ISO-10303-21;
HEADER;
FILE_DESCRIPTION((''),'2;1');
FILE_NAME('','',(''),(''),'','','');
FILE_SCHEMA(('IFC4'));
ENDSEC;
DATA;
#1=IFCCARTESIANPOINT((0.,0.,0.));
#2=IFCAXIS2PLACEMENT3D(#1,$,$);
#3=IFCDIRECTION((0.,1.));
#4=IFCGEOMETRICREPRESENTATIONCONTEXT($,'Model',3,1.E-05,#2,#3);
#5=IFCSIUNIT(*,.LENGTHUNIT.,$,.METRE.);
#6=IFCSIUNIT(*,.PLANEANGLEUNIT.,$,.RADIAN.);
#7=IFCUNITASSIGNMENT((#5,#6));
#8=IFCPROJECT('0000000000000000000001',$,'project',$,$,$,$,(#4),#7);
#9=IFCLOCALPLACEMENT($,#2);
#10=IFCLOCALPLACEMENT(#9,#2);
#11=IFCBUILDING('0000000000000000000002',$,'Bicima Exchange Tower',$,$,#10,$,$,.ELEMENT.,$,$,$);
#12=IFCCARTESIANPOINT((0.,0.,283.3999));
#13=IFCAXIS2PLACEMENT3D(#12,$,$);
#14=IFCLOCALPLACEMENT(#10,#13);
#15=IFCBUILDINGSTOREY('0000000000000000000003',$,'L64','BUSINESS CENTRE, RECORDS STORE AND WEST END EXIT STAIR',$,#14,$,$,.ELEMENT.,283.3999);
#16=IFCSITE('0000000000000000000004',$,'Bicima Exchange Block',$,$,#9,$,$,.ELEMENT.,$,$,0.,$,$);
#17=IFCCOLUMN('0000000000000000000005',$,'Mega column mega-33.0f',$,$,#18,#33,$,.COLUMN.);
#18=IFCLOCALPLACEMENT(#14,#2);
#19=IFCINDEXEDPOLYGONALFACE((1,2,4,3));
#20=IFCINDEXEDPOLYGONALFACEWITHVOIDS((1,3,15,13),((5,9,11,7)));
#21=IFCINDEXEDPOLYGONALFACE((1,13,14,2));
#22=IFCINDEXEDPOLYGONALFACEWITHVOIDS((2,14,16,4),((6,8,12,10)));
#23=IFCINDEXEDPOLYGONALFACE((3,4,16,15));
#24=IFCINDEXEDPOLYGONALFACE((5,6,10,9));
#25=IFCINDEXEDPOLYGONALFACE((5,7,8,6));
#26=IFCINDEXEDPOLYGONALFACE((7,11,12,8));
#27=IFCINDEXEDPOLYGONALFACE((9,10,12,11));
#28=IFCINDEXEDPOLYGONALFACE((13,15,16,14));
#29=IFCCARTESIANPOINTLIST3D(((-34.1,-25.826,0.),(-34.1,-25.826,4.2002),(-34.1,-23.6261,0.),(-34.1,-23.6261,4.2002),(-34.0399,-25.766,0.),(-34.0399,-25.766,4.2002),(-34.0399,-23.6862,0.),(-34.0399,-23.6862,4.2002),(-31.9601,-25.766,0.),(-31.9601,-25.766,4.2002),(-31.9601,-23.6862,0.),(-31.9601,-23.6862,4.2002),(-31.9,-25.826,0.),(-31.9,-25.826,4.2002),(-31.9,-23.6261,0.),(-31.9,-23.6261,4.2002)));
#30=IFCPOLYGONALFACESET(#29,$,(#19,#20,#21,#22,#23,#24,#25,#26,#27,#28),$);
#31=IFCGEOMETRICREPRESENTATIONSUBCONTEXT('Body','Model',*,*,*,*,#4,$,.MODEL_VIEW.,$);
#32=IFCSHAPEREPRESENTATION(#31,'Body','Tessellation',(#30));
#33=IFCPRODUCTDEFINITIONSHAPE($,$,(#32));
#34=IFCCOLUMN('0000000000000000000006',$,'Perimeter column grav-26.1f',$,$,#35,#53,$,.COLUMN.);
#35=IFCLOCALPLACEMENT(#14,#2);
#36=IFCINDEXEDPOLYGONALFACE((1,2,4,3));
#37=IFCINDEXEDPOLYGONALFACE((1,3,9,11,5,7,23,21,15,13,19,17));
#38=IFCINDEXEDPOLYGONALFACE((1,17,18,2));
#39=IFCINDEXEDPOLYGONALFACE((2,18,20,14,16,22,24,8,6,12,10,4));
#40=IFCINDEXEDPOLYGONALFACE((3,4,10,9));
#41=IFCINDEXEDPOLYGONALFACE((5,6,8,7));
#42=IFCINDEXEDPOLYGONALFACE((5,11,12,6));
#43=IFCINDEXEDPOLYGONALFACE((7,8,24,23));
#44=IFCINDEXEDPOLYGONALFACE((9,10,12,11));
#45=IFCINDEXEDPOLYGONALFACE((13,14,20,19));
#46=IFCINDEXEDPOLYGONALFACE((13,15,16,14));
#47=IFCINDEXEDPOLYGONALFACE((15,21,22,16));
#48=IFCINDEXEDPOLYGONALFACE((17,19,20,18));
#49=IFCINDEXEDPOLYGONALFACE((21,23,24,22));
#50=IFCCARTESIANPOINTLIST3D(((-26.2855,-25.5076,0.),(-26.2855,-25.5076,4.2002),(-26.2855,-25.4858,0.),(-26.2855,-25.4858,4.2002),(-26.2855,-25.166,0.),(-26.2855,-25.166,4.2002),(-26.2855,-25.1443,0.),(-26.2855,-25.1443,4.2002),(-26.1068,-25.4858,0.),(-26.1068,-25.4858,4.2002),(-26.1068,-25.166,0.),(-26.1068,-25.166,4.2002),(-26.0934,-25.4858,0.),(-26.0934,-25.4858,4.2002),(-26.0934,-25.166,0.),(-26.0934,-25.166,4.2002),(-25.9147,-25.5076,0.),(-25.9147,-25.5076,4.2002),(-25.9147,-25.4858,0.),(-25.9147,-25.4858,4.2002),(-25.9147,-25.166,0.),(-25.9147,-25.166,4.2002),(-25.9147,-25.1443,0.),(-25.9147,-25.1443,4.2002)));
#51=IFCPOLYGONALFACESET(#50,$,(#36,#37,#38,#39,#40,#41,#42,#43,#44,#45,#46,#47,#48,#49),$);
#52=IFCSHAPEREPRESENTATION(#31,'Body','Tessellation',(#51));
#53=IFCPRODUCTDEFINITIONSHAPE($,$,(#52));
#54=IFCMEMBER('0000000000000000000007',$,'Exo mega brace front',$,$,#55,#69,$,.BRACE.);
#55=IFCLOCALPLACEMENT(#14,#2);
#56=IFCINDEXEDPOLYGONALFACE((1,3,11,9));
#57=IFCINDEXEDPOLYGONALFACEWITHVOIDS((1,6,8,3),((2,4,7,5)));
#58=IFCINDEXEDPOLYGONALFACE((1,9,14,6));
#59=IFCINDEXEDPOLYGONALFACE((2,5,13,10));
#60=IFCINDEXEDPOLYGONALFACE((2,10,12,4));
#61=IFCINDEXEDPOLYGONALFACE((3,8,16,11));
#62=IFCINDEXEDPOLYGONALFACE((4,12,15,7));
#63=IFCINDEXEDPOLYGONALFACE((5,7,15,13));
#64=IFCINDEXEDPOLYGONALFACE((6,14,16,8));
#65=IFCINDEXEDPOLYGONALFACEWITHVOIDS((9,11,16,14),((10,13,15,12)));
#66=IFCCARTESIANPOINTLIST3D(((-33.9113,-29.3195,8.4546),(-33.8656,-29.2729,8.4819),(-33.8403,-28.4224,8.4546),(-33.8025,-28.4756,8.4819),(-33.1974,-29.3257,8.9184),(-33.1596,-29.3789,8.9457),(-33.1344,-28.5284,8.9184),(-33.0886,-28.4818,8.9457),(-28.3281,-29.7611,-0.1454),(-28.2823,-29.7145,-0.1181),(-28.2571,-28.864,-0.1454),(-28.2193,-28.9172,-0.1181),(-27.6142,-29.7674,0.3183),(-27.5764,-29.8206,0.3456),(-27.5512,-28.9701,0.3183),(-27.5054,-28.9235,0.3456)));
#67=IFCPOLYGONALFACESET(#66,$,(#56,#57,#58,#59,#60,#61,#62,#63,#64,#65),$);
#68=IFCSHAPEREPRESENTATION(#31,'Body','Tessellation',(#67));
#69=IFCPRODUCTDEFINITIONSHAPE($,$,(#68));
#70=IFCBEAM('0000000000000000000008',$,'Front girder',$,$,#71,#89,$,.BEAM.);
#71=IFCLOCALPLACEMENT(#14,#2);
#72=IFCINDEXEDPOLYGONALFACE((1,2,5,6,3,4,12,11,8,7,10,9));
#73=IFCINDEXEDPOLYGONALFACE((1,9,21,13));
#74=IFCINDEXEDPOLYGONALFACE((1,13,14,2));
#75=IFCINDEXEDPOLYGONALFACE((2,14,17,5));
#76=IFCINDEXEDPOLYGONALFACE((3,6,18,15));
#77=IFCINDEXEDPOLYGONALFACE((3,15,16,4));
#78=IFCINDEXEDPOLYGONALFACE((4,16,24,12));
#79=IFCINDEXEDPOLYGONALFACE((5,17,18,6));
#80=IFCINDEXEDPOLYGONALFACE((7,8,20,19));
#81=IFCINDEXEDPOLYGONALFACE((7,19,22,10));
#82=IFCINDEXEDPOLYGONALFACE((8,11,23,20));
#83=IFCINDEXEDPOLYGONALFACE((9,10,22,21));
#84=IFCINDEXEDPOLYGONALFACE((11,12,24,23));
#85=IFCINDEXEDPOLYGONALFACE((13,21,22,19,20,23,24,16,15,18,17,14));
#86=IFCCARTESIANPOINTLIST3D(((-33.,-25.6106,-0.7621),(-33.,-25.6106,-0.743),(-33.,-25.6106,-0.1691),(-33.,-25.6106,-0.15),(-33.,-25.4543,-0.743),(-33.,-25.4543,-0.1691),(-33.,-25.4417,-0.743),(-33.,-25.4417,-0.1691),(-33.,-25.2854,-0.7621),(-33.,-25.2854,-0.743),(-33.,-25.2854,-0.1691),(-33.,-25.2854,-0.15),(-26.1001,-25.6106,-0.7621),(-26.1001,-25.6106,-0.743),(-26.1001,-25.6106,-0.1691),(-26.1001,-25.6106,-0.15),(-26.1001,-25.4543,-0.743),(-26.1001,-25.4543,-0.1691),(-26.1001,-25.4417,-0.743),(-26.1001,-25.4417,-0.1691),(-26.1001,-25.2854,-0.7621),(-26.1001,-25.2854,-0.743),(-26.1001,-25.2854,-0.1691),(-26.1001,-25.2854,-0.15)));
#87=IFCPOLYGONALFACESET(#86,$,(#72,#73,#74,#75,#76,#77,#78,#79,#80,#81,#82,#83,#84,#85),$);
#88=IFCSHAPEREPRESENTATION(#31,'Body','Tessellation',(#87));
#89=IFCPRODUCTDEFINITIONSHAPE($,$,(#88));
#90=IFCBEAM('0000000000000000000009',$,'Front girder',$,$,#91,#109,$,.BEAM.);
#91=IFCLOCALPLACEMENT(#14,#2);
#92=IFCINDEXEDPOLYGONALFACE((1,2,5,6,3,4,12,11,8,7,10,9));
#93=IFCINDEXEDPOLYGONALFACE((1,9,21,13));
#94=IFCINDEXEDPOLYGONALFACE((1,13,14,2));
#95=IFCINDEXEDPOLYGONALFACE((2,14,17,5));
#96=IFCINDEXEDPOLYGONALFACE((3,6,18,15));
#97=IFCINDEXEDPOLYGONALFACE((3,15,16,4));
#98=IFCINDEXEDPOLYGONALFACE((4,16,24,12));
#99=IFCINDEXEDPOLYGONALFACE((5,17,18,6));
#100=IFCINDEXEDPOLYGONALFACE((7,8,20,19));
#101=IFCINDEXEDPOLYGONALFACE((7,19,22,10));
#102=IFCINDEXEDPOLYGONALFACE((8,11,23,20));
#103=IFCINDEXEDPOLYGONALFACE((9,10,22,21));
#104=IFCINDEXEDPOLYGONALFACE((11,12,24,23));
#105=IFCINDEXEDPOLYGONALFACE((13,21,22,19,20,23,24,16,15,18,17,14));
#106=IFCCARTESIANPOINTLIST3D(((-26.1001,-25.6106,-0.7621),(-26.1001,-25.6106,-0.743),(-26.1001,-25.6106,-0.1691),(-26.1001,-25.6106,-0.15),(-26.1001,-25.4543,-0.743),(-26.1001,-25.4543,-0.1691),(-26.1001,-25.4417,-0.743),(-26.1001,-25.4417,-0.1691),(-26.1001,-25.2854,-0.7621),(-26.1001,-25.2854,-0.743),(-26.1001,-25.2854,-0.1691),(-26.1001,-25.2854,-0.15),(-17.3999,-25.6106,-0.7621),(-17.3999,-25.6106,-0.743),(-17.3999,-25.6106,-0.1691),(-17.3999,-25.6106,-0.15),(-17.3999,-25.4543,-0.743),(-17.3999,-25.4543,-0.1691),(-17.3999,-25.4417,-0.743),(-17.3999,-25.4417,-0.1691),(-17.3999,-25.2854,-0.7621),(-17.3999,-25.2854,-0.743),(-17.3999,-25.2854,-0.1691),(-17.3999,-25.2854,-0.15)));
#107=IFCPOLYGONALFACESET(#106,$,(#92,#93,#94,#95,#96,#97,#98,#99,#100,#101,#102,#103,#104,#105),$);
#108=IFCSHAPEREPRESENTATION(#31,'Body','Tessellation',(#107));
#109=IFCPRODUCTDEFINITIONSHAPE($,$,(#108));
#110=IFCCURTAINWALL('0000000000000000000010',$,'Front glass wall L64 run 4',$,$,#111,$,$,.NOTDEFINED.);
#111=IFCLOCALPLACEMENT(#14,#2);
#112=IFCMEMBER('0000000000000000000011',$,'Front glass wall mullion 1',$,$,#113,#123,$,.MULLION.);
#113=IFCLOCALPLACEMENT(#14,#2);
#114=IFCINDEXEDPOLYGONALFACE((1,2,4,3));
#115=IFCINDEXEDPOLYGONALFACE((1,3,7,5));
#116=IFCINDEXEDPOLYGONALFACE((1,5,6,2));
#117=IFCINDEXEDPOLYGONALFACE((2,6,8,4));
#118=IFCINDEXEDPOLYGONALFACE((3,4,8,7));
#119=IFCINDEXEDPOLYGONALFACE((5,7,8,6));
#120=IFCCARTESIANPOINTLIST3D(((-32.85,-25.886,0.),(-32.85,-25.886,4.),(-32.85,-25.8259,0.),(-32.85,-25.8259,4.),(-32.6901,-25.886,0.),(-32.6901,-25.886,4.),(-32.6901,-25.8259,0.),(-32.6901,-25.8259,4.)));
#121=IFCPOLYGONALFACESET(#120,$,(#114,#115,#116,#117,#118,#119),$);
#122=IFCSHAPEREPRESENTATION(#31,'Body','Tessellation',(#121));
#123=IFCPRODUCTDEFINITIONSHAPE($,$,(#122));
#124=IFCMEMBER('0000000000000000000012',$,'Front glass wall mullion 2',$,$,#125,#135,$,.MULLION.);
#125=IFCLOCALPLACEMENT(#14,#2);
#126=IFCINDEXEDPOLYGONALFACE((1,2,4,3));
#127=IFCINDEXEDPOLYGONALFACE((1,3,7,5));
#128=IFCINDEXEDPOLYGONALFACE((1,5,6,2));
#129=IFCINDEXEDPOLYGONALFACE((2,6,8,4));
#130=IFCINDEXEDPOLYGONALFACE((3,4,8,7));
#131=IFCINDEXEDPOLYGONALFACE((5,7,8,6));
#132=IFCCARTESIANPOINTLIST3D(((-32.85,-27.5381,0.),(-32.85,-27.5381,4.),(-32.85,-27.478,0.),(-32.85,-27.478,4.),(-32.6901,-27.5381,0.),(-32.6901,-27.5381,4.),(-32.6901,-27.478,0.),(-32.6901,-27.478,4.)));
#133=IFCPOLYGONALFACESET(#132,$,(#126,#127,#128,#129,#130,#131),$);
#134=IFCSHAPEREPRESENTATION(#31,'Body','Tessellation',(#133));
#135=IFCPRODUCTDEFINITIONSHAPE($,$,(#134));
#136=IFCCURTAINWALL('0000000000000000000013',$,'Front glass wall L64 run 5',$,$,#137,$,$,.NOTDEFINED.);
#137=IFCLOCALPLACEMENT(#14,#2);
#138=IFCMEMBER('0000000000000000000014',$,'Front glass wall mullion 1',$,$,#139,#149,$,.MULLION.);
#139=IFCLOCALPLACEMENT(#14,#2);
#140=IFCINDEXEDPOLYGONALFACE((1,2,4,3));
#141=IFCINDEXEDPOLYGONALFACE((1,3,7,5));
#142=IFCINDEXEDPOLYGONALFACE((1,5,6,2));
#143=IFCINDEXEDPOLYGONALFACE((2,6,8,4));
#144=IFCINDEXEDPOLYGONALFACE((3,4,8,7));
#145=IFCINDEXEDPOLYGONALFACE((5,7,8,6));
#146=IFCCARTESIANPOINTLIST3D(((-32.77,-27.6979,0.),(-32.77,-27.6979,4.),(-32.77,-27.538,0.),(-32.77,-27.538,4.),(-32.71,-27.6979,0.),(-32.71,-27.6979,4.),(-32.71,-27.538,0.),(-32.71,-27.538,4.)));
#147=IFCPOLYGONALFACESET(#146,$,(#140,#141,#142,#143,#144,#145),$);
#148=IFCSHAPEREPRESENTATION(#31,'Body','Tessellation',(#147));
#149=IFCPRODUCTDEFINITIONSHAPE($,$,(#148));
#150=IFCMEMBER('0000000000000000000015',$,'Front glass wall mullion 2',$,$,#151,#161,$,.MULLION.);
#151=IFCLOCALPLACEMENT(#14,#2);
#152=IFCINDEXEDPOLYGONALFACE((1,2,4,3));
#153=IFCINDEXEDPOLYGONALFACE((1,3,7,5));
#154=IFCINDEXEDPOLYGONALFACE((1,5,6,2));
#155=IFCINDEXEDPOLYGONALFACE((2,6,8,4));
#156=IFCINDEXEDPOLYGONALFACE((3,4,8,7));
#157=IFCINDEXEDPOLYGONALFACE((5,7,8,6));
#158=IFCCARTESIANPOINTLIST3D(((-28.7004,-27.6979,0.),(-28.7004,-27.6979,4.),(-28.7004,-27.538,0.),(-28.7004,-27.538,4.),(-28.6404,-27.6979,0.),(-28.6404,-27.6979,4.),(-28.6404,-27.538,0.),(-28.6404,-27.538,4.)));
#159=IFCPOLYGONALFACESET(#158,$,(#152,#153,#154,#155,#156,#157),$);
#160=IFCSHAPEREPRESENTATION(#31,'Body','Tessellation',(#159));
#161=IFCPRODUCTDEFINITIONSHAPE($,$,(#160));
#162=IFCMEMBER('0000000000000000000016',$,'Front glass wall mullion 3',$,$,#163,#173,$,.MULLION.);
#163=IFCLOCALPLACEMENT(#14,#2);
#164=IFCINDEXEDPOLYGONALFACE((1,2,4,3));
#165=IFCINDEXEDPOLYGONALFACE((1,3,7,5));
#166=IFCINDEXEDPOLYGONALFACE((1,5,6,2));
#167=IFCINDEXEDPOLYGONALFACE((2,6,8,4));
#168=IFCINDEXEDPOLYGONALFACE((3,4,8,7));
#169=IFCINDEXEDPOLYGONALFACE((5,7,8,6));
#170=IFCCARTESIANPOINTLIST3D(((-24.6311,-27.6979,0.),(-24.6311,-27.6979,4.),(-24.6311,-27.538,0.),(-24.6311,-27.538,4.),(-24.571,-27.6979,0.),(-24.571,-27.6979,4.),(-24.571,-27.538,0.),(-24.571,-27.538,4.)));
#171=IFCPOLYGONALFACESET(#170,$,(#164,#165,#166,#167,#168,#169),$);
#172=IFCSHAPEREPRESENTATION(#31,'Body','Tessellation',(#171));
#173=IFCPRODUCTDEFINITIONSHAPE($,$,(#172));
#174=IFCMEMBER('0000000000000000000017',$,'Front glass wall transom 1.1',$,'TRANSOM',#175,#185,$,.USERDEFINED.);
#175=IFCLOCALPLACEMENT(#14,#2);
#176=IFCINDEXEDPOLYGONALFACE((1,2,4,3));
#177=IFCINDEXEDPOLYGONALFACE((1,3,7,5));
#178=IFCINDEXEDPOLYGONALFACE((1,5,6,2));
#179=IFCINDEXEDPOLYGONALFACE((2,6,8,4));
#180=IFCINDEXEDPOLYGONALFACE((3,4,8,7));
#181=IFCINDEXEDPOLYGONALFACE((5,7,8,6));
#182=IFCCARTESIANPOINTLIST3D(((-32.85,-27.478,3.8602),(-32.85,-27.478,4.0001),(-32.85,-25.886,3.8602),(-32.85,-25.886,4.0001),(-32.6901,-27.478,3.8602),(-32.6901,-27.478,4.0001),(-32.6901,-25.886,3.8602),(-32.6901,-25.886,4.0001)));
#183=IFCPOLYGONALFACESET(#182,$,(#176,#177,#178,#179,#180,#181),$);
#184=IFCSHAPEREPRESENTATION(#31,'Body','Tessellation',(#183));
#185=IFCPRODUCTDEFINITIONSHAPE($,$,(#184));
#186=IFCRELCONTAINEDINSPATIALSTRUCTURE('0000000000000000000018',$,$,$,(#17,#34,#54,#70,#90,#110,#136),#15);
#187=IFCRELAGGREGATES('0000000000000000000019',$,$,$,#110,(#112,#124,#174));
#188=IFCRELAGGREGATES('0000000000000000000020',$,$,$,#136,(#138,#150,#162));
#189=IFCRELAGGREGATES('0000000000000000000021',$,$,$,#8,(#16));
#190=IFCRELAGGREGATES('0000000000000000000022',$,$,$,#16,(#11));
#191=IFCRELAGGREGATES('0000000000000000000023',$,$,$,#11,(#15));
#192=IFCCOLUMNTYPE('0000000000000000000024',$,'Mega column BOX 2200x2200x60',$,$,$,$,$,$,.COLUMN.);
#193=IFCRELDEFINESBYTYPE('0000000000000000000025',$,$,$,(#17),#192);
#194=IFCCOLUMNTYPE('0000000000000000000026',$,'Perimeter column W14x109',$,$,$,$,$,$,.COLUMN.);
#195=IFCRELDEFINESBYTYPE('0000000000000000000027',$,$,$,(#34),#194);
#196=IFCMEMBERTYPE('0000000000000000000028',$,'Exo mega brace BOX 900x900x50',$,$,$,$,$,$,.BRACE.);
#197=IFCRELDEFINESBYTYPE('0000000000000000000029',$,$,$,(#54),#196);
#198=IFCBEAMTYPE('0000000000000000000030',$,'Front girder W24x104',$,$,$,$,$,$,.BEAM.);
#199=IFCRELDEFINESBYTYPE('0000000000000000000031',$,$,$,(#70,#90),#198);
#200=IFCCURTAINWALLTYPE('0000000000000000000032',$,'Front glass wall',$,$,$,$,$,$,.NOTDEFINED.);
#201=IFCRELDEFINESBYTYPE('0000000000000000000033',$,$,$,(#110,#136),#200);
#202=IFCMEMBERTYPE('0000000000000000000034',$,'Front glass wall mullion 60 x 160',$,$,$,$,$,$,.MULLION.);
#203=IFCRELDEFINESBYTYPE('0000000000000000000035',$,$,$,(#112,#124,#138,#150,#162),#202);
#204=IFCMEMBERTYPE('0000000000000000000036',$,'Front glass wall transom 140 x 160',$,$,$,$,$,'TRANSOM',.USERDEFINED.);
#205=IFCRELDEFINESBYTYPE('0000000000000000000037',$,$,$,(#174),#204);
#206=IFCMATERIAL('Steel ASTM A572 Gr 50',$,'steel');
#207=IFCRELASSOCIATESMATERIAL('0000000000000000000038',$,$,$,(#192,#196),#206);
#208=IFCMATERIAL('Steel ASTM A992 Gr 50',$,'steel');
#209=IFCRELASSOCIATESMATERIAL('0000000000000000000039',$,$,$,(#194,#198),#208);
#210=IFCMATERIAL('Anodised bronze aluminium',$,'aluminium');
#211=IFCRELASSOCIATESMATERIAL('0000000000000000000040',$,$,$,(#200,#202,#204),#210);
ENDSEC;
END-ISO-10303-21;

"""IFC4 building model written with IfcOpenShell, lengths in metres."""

from ifc_helpers import new_model, si_unit, direction, frame, origin, origin_2d, place, context, subcontext, project, spatial, rectangle, hollow_rectangle, i_section, extrude, material, material_profile, profile_set, type_object, element, aggregate, save


model = new_model("IFC4")

# Units and contexts
model_context = context("Model", 3, precision=1e-05, world=origin(), true_north=direction((0.0, 1.0)))
body_context = subcontext(model_context, "Body", "Model", "MODEL_VIEW")
ifc_project = project(units=[si_unit("LENGTHUNIT", "METRE"), si_unit("PLANEANGLEUNIT", "RADIAN")], contexts=[model_context])

# Site, building, storey
site_placement = place(None, origin())
site = spatial("IfcSite", under=ifc_project, at=site_placement, Name="Bicima Exchange Block", CompositionType="ELEMENT", RefElevation=0.0)
building_placement = place(site_placement, origin())
building = spatial("IfcBuilding", under=site, at=building_placement, Name="Bicima Exchange Tower", CompositionType="ELEMENT")
storey_placement = place(building_placement, frame((0.0, 0.0, 283.3999)))
storey = spatial("IfcBuildingStorey", under=building, at=storey_placement, Name="L64", Description="BUSINESS CENTRE, RECORDS STORE AND WEST END EXIT STAIR", CompositionType="ELEMENT", Elevation=283.3999)

# Columns
ifc_material_1 = material(Name="Steel ASTM A572 Gr 50", Category="steel")
ifc_material_profile_1 = material_profile(ifc_material_1, hollow_rectangle(XDim=2.2, YDim=2.2, WallThickness=0.0601, at=origin_2d()))
ifc_profile_set_1 = profile_set([ifc_material_profile_1], Name="Steel ASTM A572 Gr 50")
column_type_1 = type_object("IfcColumnType", Name="Mega column BOX 2200x2200x60", PredefinedType="COLUMN", material=ifc_profile_set_1)
column_1_placement = place(storey_placement, frame((-33.0, -24.7261, 0.0), z_axis=(0.0, 0.0, 1.0), x_axis=(1.0, 0.0, 0.0)))
element("IfcColumn", 1, at=column_1_placement, inside=storey, type_object=column_type_1, Name="Mega column mega-33.0f", PredefinedType="COLUMN", context=body_context, shape_type="SweptSolid", body=[
    extrude(hollow_rectangle(XDim=2.2, YDim=2.2, WallThickness=0.0601, at=origin_2d()), origin(), (0.0, 0.0, 1.0), 4.2002),
])
ifc_material_2 = material(Name="Steel ASTM A992 Gr 50", Category="steel")
ifc_material_profile_2 = material_profile(ifc_material_2, i_section(OverallWidth=0.3708, OverallDepth=0.3633, WebThickness=0.0134, FlangeThickness=0.0217, at=origin_2d()))
ifc_profile_set_2 = profile_set([ifc_material_profile_2], Name="Steel ASTM A992 Gr 50")
column_type_2 = type_object("IfcColumnType", Name="Perimeter column W14x109", PredefinedType="COLUMN", material=ifc_profile_set_2)
column_2_placement = place(storey_placement, frame((-26.1001, -25.3259, 0.0), z_axis=(0.0, 0.0, 1.0), x_axis=(1.0, 0.0, 0.0)))
element("IfcColumn", 2, at=column_2_placement, inside=storey, type_object=column_type_2, Name="Perimeter column grav-26.1f", PredefinedType="COLUMN", context=body_context, shape_type="SweptSolid", body=[
    extrude(i_section(OverallWidth=0.3708, OverallDepth=0.3633, WebThickness=0.0134, FlangeThickness=0.0217, at=origin_2d()), origin(), (0.0, 0.0, 1.0), 4.2002),
])

# Member
ifc_material_profile_3 = material_profile(ifc_material_1, hollow_rectangle(XDim=0.8999, YDim=0.8999, WallThickness=0.05, at=origin_2d()))
ifc_profile_set_3 = profile_set([ifc_material_profile_3], Name="Steel ASTM A572 Gr 50")
member_type_1 = type_object("IfcMemberType", Name="Exo mega brace BOX 900x900x50", PredefinedType="BRACE", material=ifc_profile_set_3)
member_1_placement = place(storey_placement, frame((-27.9167, -29.3423, 0.1001), z_axis=(-0.544017, 0.043033, 0.83797), x_axis=(-0.078856, -0.996886, 0.0)))
element("IfcMember", 3, at=member_1_placement, inside=storey, type_object=member_type_1, Name="Exo mega brace front", PredefinedType="BRACE", context=body_context, shape_type="SweptSolid", body=[
    extrude(hollow_rectangle(XDim=0.8999, YDim=0.8999, WallThickness=0.05, at=origin_2d()), origin(), (0.0, 0.0, 1.0), 10.2629),
])

# Beams
ifc_material_profile_4 = material_profile(ifc_material_2, i_section(OverallWidth=0.3252, OverallDepth=0.6121, WebThickness=0.0127, FlangeThickness=0.019, at=origin_2d()))
ifc_profile_set_4 = profile_set([ifc_material_profile_4], Name="Steel ASTM A992 Gr 50")
beam_type = type_object("IfcBeamType", Name="Front girder W24x104", PredefinedType="BEAM", material=ifc_profile_set_4)
beam_1_placement = place(storey_placement, frame((-33.0, -25.448, -0.4561), z_axis=(1.0, 0.0, 0.0), x_axis=(0.0, 1.0, 0.0)))
element("IfcBeam", 4, at=beam_1_placement, inside=storey, type_object=beam_type, Name="Front girder", PredefinedType="BEAM", context=body_context, shape_type="SweptSolid", body=[
    extrude(i_section(OverallWidth=0.3252, OverallDepth=0.6121, WebThickness=0.0127, FlangeThickness=0.019, at=origin_2d()), origin(), (0.0, 0.0, 1.0), 6.8999),
])
beam_2_placement = place(storey_placement, frame((-26.1001, -25.448, -0.4561), z_axis=(1.0, 0.0, 0.0), x_axis=(0.0, 1.0, 0.0)))
element("IfcBeam", 5, at=beam_2_placement, inside=storey, type_object=beam_type, Name="Front girder", PredefinedType="BEAM", context=body_context, shape_type="SweptSolid", body=[
    extrude(i_section(OverallWidth=0.3252, OverallDepth=0.6121, WebThickness=0.0127, FlangeThickness=0.019, at=origin_2d()), origin(), (0.0, 0.0, 1.0), 8.7002),
])

# Curtain walls, members
ifc_material_3 = material(Name="Anodised bronze aluminium", Category="aluminium")
curtain_wall_type = type_object("IfcCurtainWallType", Name="Front glass wall", PredefinedType="NOTDEFINED", material=ifc_material_3)
curtain_wall_1_placement = place(storey_placement, origin())
curtain_wall_1 = element("IfcCurtainWall", 6, at=curtain_wall_1_placement, inside=storey, type_object=curtain_wall_type, Name="Front glass wall L64 run 4", PredefinedType="NOTDEFINED")
ifc_material_profile_5 = material_profile(ifc_material_3, rectangle(XDim=0.1599, YDim=0.0601, at=origin_2d()))
ifc_profile_set_5 = profile_set([ifc_material_profile_5], Name="Anodised bronze aluminium")
member_type_2 = type_object("IfcMemberType", Name="Front glass wall mullion 60 x 160", PredefinedType="MULLION", material=ifc_profile_set_5)
member_2_placement = place(storey_placement, frame((-32.77, -25.856, 0.0), z_axis=(0.0, 0.0, 1.0), x_axis=(1.0, 0.0, 0.0)))
member_2 = element("IfcMember", 7, at=member_2_placement, type_object=member_type_2, Name="Front glass wall mullion 1", PredefinedType="MULLION", context=body_context, shape_type="SweptSolid", body=[
    extrude(rectangle(XDim=0.1599, YDim=0.0601, at=origin_2d()), origin(), (0.0, 0.0, 1.0), 4.0),
])
member_3_placement = place(storey_placement, frame((-32.77, -27.5081, 0.0), z_axis=(0.0, 0.0, 1.0), x_axis=(1.0, 0.0, 0.0)))
member_3 = element("IfcMember", 8, at=member_3_placement, type_object=member_type_2, Name="Front glass wall mullion 2", PredefinedType="MULLION", context=body_context, shape_type="SweptSolid", body=[
    extrude(rectangle(XDim=0.1599, YDim=0.0601, at=origin_2d()), origin(), (0.0, 0.0, 1.0), 4.0),
])
curtain_wall_2_placement = place(storey_placement, origin())
curtain_wall_2 = element("IfcCurtainWall", 9, at=curtain_wall_2_placement, inside=storey, type_object=curtain_wall_type, Name="Front glass wall L64 run 5", PredefinedType="NOTDEFINED")
member_4_placement = place(storey_placement, frame((-32.74, -27.6179, 0.0), z_axis=(0.0, 0.0, 1.0), x_axis=(0.0, 1.0, 0.0)))
member_4 = element("IfcMember", 10, at=member_4_placement, type_object=member_type_2, Name="Front glass wall mullion 1", PredefinedType="MULLION", context=body_context, shape_type="SweptSolid", body=[
    extrude(rectangle(XDim=0.1599, YDim=0.0601, at=origin_2d()), origin(), (0.0, 0.0, 1.0), 4.0),
])
member_5_placement = place(storey_placement, frame((-28.6704, -27.6179, 0.0), z_axis=(0.0, 0.0, 1.0), x_axis=(0.0, 1.0, 0.0)))
member_5 = element("IfcMember", 11, at=member_5_placement, type_object=member_type_2, Name="Front glass wall mullion 2", PredefinedType="MULLION", context=body_context, shape_type="SweptSolid", body=[
    extrude(rectangle(XDim=0.1599, YDim=0.0601, at=origin_2d()), origin(), (0.0, 0.0, 1.0), 4.0),
])
member_6_placement = place(storey_placement, frame((-24.6011, -27.6179, 0.0), z_axis=(0.0, 0.0, 1.0), x_axis=(0.0, 1.0, 0.0)))
member_6 = element("IfcMember", 12, at=member_6_placement, type_object=member_type_2, Name="Front glass wall mullion 3", PredefinedType="MULLION", context=body_context, shape_type="SweptSolid", body=[
    extrude(rectangle(XDim=0.1599, YDim=0.0601, at=origin_2d()), origin(), (0.0, 0.0, 1.0), 4.0),
])

# Member
ifc_material_profile_6 = material_profile(ifc_material_3, rectangle(XDim=0.1599, YDim=0.1399, at=origin_2d()))
ifc_profile_set_6 = profile_set([ifc_material_profile_6], Name="Anodised bronze aluminium")
member_type_3 = type_object("IfcMemberType", Name="Front glass wall transom 140 x 160", ElementType="TRANSOM", PredefinedType="USERDEFINED", material=ifc_profile_set_6)
member_7_placement = place(storey_placement, frame((-32.77, -25.886, 3.9302), z_axis=(0.0, -1.0, 0.0), x_axis=(1.0, 0.0, 0.0)))
member_7 = element("IfcMember", 13, at=member_7_placement, type_object=member_type_3, Name="Front glass wall transom 1.1", ObjectType="TRANSOM", PredefinedType="USERDEFINED", context=body_context, shape_type="SweptSolid", body=[
    extrude(rectangle(XDim=0.1599, YDim=0.1399, at=origin_2d()), origin(), (0.0, 0.0, 1.0), 1.592),
])

aggregate(curtain_wall_1, [member_2, member_3, member_7])
aggregate(curtain_wall_2, [member_4, member_5, member_6])

save(model, "model.ifc")
